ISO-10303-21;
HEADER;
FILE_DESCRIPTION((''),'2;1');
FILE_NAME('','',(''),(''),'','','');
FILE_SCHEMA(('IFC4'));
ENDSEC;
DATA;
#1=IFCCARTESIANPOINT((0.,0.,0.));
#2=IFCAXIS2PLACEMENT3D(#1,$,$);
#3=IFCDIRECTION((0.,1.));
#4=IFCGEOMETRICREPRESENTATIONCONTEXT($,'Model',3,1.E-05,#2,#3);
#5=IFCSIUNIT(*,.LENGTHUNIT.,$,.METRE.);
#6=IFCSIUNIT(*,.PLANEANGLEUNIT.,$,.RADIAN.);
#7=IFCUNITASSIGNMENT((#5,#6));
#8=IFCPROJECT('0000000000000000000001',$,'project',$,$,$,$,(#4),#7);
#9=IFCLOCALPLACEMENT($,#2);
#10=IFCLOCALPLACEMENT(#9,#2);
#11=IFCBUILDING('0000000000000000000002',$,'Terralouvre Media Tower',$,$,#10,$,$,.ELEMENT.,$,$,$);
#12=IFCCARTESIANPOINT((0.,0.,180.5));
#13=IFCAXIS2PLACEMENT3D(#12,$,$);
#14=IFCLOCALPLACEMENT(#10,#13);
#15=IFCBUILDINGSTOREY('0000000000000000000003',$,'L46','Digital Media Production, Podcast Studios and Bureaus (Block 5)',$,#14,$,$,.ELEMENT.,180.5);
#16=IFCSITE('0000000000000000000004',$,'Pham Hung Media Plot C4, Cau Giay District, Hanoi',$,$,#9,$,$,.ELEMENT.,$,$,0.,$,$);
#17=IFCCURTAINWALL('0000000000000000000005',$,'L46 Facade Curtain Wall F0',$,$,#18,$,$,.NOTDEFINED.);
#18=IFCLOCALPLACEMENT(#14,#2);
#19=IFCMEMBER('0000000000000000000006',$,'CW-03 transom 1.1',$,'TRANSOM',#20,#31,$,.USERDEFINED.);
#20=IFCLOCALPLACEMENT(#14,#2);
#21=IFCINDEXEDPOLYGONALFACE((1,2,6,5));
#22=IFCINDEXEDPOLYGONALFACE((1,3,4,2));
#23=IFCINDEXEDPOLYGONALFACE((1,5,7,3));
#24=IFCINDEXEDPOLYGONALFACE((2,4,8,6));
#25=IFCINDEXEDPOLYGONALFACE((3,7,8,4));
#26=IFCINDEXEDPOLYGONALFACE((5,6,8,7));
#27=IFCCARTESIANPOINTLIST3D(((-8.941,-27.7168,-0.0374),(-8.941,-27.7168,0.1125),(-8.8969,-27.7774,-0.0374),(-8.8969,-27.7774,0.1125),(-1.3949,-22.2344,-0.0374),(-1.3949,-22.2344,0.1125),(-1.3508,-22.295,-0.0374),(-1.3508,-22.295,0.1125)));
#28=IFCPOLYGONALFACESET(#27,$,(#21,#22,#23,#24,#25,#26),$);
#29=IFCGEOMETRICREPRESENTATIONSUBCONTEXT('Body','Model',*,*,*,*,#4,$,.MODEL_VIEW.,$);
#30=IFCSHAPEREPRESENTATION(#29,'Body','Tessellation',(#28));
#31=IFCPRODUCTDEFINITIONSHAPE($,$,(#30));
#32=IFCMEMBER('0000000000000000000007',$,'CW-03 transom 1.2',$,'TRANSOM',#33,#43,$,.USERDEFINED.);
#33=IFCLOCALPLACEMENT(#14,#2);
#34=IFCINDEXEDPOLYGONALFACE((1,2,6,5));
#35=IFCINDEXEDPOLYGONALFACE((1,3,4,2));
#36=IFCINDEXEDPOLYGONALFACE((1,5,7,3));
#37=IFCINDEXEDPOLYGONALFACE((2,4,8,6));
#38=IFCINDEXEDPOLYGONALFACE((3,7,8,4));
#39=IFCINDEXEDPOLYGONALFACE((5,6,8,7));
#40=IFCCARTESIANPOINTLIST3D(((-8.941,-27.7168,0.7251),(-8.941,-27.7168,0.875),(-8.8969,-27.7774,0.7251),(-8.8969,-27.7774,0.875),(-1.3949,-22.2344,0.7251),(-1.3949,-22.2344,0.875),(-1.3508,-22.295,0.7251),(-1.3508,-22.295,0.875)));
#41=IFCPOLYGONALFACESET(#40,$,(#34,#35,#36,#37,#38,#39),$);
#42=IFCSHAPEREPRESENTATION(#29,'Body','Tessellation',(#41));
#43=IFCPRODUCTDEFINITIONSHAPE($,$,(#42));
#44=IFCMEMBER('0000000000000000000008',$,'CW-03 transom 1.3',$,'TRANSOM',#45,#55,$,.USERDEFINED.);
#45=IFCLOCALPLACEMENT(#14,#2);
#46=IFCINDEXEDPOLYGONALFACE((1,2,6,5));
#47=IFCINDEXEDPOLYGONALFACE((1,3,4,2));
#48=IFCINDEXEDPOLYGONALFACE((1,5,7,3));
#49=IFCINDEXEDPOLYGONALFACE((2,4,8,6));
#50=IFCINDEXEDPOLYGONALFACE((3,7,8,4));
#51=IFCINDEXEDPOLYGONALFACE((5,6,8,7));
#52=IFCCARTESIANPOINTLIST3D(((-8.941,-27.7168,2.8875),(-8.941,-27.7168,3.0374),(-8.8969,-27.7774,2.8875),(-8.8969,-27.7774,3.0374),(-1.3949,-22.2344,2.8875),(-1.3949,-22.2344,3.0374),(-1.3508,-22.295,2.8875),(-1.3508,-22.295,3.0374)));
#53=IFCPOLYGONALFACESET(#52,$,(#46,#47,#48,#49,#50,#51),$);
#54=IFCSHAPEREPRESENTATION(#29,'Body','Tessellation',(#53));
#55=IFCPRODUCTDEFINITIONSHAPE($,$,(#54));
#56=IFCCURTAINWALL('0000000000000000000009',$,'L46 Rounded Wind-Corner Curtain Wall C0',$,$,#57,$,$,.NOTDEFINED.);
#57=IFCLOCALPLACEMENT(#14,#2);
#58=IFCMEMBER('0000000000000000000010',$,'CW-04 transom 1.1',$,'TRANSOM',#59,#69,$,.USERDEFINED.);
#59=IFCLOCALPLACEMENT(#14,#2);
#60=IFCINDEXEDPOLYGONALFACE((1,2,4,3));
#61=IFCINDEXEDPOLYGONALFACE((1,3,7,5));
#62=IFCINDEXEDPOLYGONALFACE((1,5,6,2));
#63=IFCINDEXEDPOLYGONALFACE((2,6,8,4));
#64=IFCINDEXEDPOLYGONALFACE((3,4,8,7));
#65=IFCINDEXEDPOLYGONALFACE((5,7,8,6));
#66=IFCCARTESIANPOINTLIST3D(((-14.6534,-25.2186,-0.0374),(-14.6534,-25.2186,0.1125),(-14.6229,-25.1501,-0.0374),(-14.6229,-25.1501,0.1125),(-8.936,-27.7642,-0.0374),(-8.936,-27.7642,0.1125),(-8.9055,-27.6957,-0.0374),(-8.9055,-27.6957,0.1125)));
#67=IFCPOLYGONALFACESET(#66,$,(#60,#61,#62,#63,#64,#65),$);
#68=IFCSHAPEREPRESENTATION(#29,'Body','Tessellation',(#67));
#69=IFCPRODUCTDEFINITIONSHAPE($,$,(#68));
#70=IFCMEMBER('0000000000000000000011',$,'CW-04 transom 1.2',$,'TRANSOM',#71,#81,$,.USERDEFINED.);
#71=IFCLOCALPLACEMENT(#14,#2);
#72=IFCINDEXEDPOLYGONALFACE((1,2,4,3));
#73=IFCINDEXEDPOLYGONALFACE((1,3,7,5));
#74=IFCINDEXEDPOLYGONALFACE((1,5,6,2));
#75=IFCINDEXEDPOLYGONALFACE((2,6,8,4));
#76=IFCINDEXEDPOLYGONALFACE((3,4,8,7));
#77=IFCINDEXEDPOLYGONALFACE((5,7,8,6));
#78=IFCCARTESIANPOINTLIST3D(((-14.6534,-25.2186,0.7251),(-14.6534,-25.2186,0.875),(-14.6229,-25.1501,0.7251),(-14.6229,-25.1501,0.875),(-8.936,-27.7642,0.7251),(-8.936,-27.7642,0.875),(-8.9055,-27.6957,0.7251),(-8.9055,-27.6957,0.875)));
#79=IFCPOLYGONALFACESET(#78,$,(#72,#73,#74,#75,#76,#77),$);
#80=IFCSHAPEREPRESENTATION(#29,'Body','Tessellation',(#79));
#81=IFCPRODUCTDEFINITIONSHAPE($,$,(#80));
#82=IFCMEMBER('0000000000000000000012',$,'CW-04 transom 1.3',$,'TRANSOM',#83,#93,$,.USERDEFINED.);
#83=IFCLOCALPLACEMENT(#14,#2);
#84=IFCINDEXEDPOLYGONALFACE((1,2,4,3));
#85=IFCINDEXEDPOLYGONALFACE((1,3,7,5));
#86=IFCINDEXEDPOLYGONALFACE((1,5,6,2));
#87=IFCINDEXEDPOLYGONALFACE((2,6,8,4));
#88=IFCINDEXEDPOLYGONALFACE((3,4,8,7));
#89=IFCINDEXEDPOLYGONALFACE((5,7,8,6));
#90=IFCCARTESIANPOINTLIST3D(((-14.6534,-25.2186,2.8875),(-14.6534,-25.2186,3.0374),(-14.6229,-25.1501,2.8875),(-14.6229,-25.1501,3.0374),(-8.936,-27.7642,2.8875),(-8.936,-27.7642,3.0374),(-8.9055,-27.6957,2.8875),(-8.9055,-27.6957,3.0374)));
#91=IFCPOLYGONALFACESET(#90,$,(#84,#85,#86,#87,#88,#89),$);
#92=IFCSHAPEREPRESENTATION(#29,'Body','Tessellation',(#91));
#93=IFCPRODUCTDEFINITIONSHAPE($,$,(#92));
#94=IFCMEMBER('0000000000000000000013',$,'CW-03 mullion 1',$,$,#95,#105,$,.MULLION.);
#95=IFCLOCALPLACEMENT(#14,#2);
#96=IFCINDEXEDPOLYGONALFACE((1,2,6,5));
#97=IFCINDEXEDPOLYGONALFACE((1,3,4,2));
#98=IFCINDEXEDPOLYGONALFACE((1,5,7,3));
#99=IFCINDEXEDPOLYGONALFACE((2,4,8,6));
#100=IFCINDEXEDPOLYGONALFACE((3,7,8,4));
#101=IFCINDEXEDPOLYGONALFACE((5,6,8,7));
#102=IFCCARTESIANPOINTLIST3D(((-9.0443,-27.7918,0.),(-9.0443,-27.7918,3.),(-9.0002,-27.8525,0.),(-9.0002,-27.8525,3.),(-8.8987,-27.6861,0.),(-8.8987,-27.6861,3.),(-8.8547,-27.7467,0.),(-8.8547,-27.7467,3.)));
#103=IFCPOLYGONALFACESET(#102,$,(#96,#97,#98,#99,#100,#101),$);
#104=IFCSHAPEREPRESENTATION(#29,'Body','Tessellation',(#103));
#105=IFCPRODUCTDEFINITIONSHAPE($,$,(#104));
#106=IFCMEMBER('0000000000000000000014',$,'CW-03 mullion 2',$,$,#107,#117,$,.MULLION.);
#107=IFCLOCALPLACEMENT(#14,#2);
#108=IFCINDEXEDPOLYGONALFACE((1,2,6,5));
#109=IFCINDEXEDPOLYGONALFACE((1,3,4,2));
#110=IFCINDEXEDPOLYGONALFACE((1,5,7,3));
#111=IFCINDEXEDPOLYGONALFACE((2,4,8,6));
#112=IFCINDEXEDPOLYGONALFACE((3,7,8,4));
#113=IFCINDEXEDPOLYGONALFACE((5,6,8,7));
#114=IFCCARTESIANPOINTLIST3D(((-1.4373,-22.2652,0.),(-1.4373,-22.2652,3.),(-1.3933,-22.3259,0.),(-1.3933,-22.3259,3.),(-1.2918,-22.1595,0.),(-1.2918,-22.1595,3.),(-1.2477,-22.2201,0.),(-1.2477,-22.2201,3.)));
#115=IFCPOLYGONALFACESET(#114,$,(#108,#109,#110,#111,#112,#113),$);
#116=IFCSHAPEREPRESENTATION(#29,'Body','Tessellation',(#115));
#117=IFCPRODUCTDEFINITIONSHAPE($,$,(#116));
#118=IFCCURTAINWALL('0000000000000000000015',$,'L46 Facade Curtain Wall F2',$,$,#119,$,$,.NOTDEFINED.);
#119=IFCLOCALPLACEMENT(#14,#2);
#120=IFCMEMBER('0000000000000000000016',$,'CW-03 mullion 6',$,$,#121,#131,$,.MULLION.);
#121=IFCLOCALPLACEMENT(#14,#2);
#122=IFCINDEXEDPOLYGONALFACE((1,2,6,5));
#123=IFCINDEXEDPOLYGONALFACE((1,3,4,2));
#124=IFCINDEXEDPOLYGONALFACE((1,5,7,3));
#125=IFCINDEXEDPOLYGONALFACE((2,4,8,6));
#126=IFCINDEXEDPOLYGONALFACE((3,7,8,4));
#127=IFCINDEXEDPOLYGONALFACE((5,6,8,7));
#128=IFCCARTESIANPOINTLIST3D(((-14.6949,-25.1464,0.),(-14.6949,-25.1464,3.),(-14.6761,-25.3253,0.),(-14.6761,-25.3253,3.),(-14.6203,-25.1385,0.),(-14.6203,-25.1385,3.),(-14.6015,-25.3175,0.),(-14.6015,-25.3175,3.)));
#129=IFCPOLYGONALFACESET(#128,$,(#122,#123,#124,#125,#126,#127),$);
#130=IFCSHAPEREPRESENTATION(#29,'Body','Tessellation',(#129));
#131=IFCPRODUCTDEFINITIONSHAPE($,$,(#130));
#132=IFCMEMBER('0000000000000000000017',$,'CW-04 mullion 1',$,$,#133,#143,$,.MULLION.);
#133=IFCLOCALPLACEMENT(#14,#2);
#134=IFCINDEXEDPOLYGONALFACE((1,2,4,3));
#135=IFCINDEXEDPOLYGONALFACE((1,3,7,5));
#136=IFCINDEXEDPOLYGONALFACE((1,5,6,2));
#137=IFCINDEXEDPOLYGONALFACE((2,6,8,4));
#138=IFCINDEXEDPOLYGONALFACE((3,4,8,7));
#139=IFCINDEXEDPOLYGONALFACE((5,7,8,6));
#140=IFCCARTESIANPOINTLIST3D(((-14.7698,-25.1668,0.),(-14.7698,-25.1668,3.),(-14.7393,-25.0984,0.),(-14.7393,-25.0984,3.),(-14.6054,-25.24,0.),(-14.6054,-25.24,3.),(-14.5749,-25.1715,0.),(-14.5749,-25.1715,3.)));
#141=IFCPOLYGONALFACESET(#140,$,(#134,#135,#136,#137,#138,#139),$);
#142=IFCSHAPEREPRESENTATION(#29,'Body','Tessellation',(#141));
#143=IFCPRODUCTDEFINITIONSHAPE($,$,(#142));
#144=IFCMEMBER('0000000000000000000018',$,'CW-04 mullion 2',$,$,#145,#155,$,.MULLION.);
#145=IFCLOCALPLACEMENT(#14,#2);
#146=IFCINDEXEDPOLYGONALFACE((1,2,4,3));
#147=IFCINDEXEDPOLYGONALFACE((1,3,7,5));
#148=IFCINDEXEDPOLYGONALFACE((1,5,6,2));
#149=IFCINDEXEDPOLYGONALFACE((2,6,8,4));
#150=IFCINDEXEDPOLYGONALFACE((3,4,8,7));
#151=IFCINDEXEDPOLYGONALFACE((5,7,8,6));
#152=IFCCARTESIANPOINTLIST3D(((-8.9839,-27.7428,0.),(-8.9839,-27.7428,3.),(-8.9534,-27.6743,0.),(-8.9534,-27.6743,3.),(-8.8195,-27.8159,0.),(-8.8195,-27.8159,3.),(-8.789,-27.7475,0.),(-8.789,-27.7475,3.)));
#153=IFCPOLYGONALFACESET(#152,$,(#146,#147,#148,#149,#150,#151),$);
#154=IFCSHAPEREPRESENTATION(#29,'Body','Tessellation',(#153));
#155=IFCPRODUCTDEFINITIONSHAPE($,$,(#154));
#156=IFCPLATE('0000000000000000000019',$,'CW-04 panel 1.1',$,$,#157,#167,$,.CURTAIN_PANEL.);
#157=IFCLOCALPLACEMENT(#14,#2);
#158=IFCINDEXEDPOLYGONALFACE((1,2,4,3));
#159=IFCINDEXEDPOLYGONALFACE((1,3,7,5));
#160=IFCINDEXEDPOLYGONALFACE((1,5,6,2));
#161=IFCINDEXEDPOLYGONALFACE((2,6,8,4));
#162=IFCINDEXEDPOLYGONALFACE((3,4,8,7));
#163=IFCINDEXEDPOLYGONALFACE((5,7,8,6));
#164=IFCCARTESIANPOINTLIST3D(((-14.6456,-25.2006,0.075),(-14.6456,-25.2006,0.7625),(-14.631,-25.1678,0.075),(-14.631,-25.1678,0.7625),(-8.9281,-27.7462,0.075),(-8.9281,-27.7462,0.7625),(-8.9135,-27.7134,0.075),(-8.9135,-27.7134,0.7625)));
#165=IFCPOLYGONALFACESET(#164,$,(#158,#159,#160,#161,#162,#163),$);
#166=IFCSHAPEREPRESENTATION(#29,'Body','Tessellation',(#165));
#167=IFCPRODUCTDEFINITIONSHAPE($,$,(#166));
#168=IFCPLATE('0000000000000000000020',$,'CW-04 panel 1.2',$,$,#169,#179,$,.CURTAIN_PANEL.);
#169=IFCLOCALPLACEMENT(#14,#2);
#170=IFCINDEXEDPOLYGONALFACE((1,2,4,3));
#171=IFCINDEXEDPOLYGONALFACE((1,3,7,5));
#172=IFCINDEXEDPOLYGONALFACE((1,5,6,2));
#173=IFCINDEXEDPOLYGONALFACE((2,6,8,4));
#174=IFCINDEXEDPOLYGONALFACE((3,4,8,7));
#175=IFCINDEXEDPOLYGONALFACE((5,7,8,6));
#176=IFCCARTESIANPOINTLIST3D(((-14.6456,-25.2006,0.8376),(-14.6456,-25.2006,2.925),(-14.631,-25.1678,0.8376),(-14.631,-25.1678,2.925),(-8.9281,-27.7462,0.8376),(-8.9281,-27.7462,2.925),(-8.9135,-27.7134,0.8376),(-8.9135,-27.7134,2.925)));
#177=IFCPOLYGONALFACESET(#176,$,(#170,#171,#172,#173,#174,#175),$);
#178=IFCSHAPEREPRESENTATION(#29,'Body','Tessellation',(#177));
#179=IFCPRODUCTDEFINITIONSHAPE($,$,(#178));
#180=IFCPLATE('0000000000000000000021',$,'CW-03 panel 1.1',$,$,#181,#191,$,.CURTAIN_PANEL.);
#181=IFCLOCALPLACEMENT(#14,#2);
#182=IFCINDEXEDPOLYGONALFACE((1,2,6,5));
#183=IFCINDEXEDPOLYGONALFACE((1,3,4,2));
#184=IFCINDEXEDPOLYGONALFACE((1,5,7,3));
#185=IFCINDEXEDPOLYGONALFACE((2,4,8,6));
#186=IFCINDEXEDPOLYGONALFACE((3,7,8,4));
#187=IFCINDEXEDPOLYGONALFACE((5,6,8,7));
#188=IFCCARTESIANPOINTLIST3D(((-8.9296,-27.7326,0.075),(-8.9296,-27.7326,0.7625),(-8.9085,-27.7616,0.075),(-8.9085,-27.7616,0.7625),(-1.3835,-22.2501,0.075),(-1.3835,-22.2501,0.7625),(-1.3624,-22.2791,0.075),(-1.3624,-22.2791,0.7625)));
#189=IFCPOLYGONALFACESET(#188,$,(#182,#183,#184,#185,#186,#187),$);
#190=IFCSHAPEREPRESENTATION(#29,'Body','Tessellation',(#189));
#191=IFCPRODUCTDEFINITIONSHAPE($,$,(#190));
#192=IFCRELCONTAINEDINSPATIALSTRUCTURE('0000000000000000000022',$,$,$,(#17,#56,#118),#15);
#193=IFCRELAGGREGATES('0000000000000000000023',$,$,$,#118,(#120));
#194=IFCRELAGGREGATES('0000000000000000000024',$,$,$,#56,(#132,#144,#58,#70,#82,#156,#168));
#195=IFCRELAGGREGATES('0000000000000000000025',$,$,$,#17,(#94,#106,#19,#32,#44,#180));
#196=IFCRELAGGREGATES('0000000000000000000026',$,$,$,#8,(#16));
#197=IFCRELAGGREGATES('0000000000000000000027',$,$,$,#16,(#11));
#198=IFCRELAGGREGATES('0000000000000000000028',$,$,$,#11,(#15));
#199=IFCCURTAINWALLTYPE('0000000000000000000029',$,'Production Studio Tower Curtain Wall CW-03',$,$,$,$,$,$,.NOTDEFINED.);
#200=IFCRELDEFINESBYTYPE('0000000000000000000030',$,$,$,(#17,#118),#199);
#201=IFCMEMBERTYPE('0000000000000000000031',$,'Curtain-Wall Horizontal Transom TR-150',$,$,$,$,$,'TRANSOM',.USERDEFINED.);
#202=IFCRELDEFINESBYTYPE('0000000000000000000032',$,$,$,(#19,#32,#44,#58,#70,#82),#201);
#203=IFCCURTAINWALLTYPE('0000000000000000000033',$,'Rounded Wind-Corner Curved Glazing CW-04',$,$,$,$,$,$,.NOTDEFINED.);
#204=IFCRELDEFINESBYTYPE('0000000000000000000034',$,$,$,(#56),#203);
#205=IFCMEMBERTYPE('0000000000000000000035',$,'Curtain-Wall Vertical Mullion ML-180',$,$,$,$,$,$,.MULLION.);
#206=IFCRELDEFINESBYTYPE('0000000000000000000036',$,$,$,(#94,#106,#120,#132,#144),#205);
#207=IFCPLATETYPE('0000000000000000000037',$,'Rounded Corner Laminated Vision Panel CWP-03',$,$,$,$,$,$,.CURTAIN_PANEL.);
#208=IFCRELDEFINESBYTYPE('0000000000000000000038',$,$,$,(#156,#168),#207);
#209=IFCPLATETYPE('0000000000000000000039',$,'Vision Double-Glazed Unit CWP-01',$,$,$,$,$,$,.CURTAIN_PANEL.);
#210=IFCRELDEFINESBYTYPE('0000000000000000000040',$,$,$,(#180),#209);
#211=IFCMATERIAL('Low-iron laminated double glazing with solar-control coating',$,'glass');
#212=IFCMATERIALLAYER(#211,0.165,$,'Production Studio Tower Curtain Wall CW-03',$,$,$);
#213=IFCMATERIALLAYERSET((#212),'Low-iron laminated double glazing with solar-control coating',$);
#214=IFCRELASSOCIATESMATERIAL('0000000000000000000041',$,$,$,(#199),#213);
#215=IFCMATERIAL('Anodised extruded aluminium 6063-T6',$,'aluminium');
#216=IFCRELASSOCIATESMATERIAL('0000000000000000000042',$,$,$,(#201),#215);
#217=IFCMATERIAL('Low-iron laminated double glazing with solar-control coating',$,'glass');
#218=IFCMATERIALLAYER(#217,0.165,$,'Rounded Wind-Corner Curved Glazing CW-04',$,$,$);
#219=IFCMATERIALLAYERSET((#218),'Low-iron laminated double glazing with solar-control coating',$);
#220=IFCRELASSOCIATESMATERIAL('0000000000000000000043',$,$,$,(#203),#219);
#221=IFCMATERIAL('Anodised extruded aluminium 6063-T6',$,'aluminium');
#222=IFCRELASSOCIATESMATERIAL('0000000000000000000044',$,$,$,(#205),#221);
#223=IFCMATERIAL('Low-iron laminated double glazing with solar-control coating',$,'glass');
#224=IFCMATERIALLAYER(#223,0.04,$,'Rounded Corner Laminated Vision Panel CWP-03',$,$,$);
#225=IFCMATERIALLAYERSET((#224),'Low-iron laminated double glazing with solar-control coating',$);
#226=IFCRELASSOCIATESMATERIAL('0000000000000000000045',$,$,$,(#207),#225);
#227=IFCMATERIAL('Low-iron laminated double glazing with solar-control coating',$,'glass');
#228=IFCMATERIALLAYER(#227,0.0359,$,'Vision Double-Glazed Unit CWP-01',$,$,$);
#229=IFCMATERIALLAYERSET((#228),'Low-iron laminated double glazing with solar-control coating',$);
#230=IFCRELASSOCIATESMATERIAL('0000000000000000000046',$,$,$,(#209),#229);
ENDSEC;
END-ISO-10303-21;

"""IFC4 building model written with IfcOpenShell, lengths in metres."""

from ifc_helpers import new_model, si_unit, direction, frame, origin, origin_2d, place, context, subcontext, project, spatial, rectangle, extrude, material, layer, layer_set, material_profile, profile_set, type_object, element, aggregate, save


model = new_model("IFC4")

# Units and contexts
model_context = context("Model", 3, precision=1e-05, world=origin(), true_north=direction((0.0, 1.0)))
body_context = subcontext(model_context, "Body", "Model", "MODEL_VIEW")
ifc_project = project(units=[si_unit("LENGTHUNIT", "METRE"), si_unit("PLANEANGLEUNIT", "RADIAN")], contexts=[model_context])

# Site, building, storey
site_placement = place(None, origin())
site = spatial("IfcSite", under=ifc_project, at=site_placement, Name="Pham Hung Media Plot C4, Cau Giay District, Hanoi", CompositionType="ELEMENT", RefElevation=0.0)
building_placement = place(site_placement, origin())
building = spatial("IfcBuilding", under=site, at=building_placement, Name="Terralouvre Media Tower", CompositionType="ELEMENT")
storey_placement = place(building_placement, frame((0.0, 0.0, 180.5)))
storey = spatial("IfcBuildingStorey", under=building, at=storey_placement, Name="L46", Description="Digital Media Production, Podcast Studios and Bureaus (Block 5)", CompositionType="ELEMENT", Elevation=180.5)

# Curtain walls, members
ifc_material_1 = material(Name="Low-iron laminated double glazing with solar-control coating", Category="glass")
ifc_layer_1 = layer(ifc_material_1, 0.165, Name="Production Studio Tower Curtain Wall CW-03")
ifc_layer_set_1 = layer_set([ifc_layer_1], Name="Low-iron laminated double glazing with solar-control coating")
curtain_wall_type_1 = type_object("IfcCurtainWallType", Name="Production Studio Tower Curtain Wall CW-03", PredefinedType="NOTDEFINED", material=ifc_layer_set_1)
curtain_wall_1_placement = place(storey_placement, origin())
curtain_wall_1 = element("IfcCurtainWall", 1, at=curtain_wall_1_placement, inside=storey, type_object=curtain_wall_type_1, Name="L46 Facade Curtain Wall F0", PredefinedType="NOTDEFINED")
ifc_material_2 = material(Name="Anodised extruded aluminium 6063-T6", Category="aluminium")
ifc_material_profile_1 = material_profile(ifc_material_2, rectangle(XDim=0.075, YDim=0.1499, at=origin_2d()), Name="ALU 75x150")
ifc_profile_set_1 = profile_set([ifc_material_profile_1], Name="Anodised extruded aluminium 6063-T6")
member_type_1 = type_object("IfcMemberType", Name="Curtain-Wall Horizontal Transom TR-150", ElementType="TRANSOM", PredefinedType="USERDEFINED", material=ifc_profile_set_1)
member_1_placement = place(storey_placement, frame((-8.9189, -27.7471, 0.0376), z_axis=(0.809026, 0.587773, 0.0), x_axis=(-0.587773, 0.809026, 0.0)))
member_1 = element("IfcMember", 2, at=member_1_placement, type_object=member_type_1, Name="CW-03 transom 1.1", ObjectType="TRANSOM", PredefinedType="USERDEFINED", context=body_context, shape_type="SweptSolid", body=[
    extrude(rectangle(XDim=0.075, YDim=0.1499, at=origin_2d()), origin(), (0.0, 0.0, 1.0), 9.3274),
])
member_2_placement = place(storey_placement, frame((-8.9189, -27.7471, 0.8), z_axis=(0.809026, 0.587773, 0.0), x_axis=(-0.587773, 0.809026, 0.0)))
member_2 = element("IfcMember", 3, at=member_2_placement, type_object=member_type_1, Name="CW-03 transom 1.2", ObjectType="TRANSOM", PredefinedType="USERDEFINED", context=body_context, shape_type="SweptSolid", body=[
    extrude(rectangle(XDim=0.075, YDim=0.1499, at=origin_2d()), origin(), (0.0, 0.0, 1.0), 9.3274),
])
member_3_placement = place(storey_placement, frame((-8.9189, -27.7471, 2.9624), z_axis=(0.809026, 0.587773, 0.0), x_axis=(-0.587773, 0.809026, 0.0)))
member_3 = element("IfcMember", 4, at=member_3_placement, type_object=member_type_1, Name="CW-03 transom 1.3", ObjectType="TRANSOM", PredefinedType="USERDEFINED", context=body_context, shape_type="SweptSolid", body=[
    extrude(rectangle(XDim=0.075, YDim=0.1499, at=origin_2d()), origin(), (0.0, 0.0, 1.0), 9.3274),
])
ifc_material_3 = material(Name="Low-iron laminated double glazing with solar-control coating", Category="glass")
ifc_layer_2 = layer(ifc_material_3, 0.165, Name="Rounded Wind-Corner Curved Glazing CW-04")
ifc_layer_set_2 = layer_set([ifc_layer_2], Name="Low-iron laminated double glazing with solar-control coating")
curtain_wall_type_2 = type_object("IfcCurtainWallType", Name="Rounded Wind-Corner Curved Glazing CW-04", PredefinedType="NOTDEFINED", material=ifc_layer_set_2)
curtain_wall_2_placement = place(storey_placement, origin())
curtain_wall_2 = element("IfcCurtainWall", 5, at=curtain_wall_2_placement, inside=storey, type_object=curtain_wall_type_2, Name="L46 Rounded Wind-Corner Curtain Wall C0", PredefinedType="NOTDEFINED")
member_4_placement = place(storey_placement, frame((-14.6382, -25.1843, 0.0376), z_axis=(0.913543, -0.406743, 0.0), x_axis=(0.406743, 0.913543, 0.0)))
member_4 = element("IfcMember", 6, at=member_4_placement, type_object=member_type_1, Name="CW-04 transom 1.1", ObjectType="TRANSOM", PredefinedType="USERDEFINED", context=body_context, shape_type="SweptSolid", body=[
    extrude(rectangle(XDim=0.075, YDim=0.1499, at=origin_2d()), origin(), (0.0, 0.0, 1.0), 6.2585),
])
member_5_placement = place(storey_placement, frame((-14.6382, -25.1843, 0.8), z_axis=(0.913543, -0.406743, 0.0), x_axis=(0.406743, 0.913543, 0.0)))
member_5 = element("IfcMember", 7, at=member_5_placement, type_object=member_type_1, Name="CW-04 transom 1.2", ObjectType="TRANSOM", PredefinedType="USERDEFINED", context=body_context, shape_type="SweptSolid", body=[
    extrude(rectangle(XDim=0.075, YDim=0.1499, at=origin_2d()), origin(), (0.0, 0.0, 1.0), 6.2585),
])
member_6_placement = place(storey_placement, frame((-14.6382, -25.1843, 2.9624), z_axis=(0.913543, -0.406743, 0.0), x_axis=(0.406743, 0.913543, 0.0)))
member_6 = element("IfcMember", 8, at=member_6_placement, type_object=member_type_1, Name="CW-04 transom 1.3", ObjectType="TRANSOM", PredefinedType="USERDEFINED", context=body_context, shape_type="SweptSolid", body=[
    extrude(rectangle(XDim=0.075, YDim=0.1499, at=origin_2d()), origin(), (0.0, 0.0, 1.0), 6.2585),
])

# Members
ifc_material_4 = material(Name="Anodised extruded aluminium 6063-T6", Category="aluminium")
ifc_material_profile_2 = material_profile(ifc_material_4, rectangle(XDim=0.075, YDim=0.1799, at=origin_2d()), Name="ALU 75x180")
ifc_profile_set_2 = profile_set([ifc_material_profile_2], Name="Anodised extruded aluminium 6063-T6")
member_type_2 = type_object("IfcMemberType", Name="Curtain-Wall Vertical Mullion ML-180", PredefinedType="MULLION", material=ifc_profile_set_2)
member_7_placement = place(storey_placement, frame((-8.9495, -27.7693, 0.0), z_axis=(0.0, 0.0, 1.0), x_axis=(-0.587785, 0.809017, 0.0)))
member_7 = element("IfcMember", 9, at=member_7_placement, type_object=member_type_2, Name="CW-03 mullion 1", PredefinedType="MULLION", context=body_context, shape_type="SweptSolid", body=[
    extrude(rectangle(XDim=0.075, YDim=0.1799, at=origin_2d()), origin(), (0.0, 0.0, 1.0), 3.0),
])
member_8_placement = place(storey_placement, frame((-1.3425, -22.2427, 0.0), z_axis=(0.0, 0.0, 1.0), x_axis=(-0.587785, 0.809017, 0.0)))
member_8 = element("IfcMember", 10, at=member_8_placement, type_object=member_type_2, Name="CW-03 mullion 2", PredefinedType="MULLION", context=body_context, shape_type="SweptSolid", body=[
    extrude(rectangle(XDim=0.075, YDim=0.1799, at=origin_2d()), origin(), (0.0, 0.0, 1.0), 3.0),
])

# Curtain wall, member
curtain_wall_3_placement = place(storey_placement, origin())
curtain_wall_3 = element("IfcCurtainWall", 11, at=curtain_wall_3_placement, inside=storey, type_object=curtain_wall_type_1, Name="L46 Facade Curtain Wall F2", PredefinedType="NOTDEFINED")
member_9_placement = place(storey_placement, frame((-14.6482, -25.2319, 0.0), z_axis=(0.0, 0.0, 1.0), x_axis=(0.994522, 0.104528, 0.0)))
member_9 = element("IfcMember", 12, at=member_9_placement, type_object=member_type_2, Name="CW-03 mullion 6", PredefinedType="MULLION", context=body_context, shape_type="SweptSolid", body=[
    extrude(rectangle(XDim=0.075, YDim=0.1799, at=origin_2d()), origin(), (0.0, 0.0, 1.0), 3.0),
])
aggregate(curtain_wall_3, [member_9])

# Members
member_10_placement = place(storey_placement, frame((-14.6724, -25.1692, 0.0), z_axis=(0.0, 0.0, 1.0), x_axis=(0.406737, 0.913545, 0.0)))
member_10 = element("IfcMember", 13, at=member_10_placement, type_object=member_type_2, Name="CW-04 mullion 1", PredefinedType="MULLION", context=body_context, shape_type="SweptSolid", body=[
    extrude(rectangle(XDim=0.075, YDim=0.1799, at=origin_2d()), origin(), (0.0, 0.0, 1.0), 3.0),
])
member_11_placement = place(storey_placement, frame((-8.8865, -27.7451, 0.0), z_axis=(0.0, 0.0, 1.0), x_axis=(0.406737, 0.913545, 0.0)))
member_11 = element("IfcMember", 14, at=member_11_placement, type_object=member_type_2, Name="CW-04 mullion 2", PredefinedType="MULLION", context=body_context, shape_type="SweptSolid", body=[
    extrude(rectangle(XDim=0.075, YDim=0.1799, at=origin_2d()), origin(), (0.0, 0.0, 1.0), 3.0),
])

# Plates
ifc_material_5 = material(Name="Low-iron laminated double glazing with solar-control coating", Category="glass")
ifc_layer_3 = layer(ifc_material_5, 0.04, Name="Rounded Corner Laminated Vision Panel CWP-03")
ifc_layer_set_3 = layer_set([ifc_layer_3], Name="Low-iron laminated double glazing with solar-control coating")
plate_type_1 = type_object("IfcPlateType", Name="Rounded Corner Laminated Vision Panel CWP-03", PredefinedType="CURTAIN_PANEL", material=ifc_layer_set_3)
plate_1_placement = place(storey_placement, frame((-11.7795, -26.457, 0.075), z_axis=(0.0, 0.0, 1.0), x_axis=(0.913545, -0.406737, 0.0)))
plate_1 = element("IfcPlate", 15, at=plate_1_placement, type_object=plate_type_1, Name="CW-04 panel 1.1", PredefinedType="CURTAIN_PANEL", context=body_context, shape_type="SweptSolid", body=[
    extrude(rectangle(XDim=6.2585, YDim=0.0359, at=origin_2d()), origin(), (0.0, 0.0, 1.0), 0.6875),
])
plate_2_placement = place(storey_placement, frame((-11.7795, -26.457, 0.8376), z_axis=(0.0, 0.0, 1.0), x_axis=(0.913545, -0.406737, 0.0)))
plate_2 = element("IfcPlate", 16, at=plate_2_placement, type_object=plate_type_1, Name="CW-04 panel 1.2", PredefinedType="CURTAIN_PANEL", context=body_context, shape_type="SweptSolid", body=[
    extrude(rectangle(XDim=6.2585, YDim=0.0359, at=origin_2d()), origin(), (0.0, 0.0, 1.0), 2.0874),
])
aggregate(curtain_wall_2, [member_10, member_11, member_4, member_5, member_6, plate_1, plate_2])
ifc_material_6 = material(Name="Low-iron laminated double glazing with solar-control coating", Category="glass")
ifc_layer_4 = layer(ifc_material_6, 0.0359, Name="Vision Double-Glazed Unit CWP-01")
ifc_layer_set_4 = layer_set([ifc_layer_4], Name="Low-iron laminated double glazing with solar-control coating")
plate_type_2 = type_object("IfcPlateType", Name="Vision Double-Glazed Unit CWP-01", PredefinedType="CURTAIN_PANEL", material=ifc_layer_set_4)
plate_3_placement = place(storey_placement, frame((-5.146, -25.0059, 0.075), z_axis=(0.0, 0.0, 1.0), x_axis=(0.809017, 0.587785, 0.0)))
plate_3 = element("IfcPlate", 17, at=plate_3_placement, type_object=plate_type_2, Name="CW-03 panel 1.1", PredefinedType="CURTAIN_PANEL", context=body_context, shape_type="SweptSolid", body=[
    extrude(rectangle(XDim=9.3274, YDim=0.0359, at=origin_2d()), origin(), (0.0, 0.0, 1.0), 0.6875),
])
aggregate(curtain_wall_1, [member_7, member_8, member_1, member_2, member_3, plate_3])

save(model, "model.ifc")
